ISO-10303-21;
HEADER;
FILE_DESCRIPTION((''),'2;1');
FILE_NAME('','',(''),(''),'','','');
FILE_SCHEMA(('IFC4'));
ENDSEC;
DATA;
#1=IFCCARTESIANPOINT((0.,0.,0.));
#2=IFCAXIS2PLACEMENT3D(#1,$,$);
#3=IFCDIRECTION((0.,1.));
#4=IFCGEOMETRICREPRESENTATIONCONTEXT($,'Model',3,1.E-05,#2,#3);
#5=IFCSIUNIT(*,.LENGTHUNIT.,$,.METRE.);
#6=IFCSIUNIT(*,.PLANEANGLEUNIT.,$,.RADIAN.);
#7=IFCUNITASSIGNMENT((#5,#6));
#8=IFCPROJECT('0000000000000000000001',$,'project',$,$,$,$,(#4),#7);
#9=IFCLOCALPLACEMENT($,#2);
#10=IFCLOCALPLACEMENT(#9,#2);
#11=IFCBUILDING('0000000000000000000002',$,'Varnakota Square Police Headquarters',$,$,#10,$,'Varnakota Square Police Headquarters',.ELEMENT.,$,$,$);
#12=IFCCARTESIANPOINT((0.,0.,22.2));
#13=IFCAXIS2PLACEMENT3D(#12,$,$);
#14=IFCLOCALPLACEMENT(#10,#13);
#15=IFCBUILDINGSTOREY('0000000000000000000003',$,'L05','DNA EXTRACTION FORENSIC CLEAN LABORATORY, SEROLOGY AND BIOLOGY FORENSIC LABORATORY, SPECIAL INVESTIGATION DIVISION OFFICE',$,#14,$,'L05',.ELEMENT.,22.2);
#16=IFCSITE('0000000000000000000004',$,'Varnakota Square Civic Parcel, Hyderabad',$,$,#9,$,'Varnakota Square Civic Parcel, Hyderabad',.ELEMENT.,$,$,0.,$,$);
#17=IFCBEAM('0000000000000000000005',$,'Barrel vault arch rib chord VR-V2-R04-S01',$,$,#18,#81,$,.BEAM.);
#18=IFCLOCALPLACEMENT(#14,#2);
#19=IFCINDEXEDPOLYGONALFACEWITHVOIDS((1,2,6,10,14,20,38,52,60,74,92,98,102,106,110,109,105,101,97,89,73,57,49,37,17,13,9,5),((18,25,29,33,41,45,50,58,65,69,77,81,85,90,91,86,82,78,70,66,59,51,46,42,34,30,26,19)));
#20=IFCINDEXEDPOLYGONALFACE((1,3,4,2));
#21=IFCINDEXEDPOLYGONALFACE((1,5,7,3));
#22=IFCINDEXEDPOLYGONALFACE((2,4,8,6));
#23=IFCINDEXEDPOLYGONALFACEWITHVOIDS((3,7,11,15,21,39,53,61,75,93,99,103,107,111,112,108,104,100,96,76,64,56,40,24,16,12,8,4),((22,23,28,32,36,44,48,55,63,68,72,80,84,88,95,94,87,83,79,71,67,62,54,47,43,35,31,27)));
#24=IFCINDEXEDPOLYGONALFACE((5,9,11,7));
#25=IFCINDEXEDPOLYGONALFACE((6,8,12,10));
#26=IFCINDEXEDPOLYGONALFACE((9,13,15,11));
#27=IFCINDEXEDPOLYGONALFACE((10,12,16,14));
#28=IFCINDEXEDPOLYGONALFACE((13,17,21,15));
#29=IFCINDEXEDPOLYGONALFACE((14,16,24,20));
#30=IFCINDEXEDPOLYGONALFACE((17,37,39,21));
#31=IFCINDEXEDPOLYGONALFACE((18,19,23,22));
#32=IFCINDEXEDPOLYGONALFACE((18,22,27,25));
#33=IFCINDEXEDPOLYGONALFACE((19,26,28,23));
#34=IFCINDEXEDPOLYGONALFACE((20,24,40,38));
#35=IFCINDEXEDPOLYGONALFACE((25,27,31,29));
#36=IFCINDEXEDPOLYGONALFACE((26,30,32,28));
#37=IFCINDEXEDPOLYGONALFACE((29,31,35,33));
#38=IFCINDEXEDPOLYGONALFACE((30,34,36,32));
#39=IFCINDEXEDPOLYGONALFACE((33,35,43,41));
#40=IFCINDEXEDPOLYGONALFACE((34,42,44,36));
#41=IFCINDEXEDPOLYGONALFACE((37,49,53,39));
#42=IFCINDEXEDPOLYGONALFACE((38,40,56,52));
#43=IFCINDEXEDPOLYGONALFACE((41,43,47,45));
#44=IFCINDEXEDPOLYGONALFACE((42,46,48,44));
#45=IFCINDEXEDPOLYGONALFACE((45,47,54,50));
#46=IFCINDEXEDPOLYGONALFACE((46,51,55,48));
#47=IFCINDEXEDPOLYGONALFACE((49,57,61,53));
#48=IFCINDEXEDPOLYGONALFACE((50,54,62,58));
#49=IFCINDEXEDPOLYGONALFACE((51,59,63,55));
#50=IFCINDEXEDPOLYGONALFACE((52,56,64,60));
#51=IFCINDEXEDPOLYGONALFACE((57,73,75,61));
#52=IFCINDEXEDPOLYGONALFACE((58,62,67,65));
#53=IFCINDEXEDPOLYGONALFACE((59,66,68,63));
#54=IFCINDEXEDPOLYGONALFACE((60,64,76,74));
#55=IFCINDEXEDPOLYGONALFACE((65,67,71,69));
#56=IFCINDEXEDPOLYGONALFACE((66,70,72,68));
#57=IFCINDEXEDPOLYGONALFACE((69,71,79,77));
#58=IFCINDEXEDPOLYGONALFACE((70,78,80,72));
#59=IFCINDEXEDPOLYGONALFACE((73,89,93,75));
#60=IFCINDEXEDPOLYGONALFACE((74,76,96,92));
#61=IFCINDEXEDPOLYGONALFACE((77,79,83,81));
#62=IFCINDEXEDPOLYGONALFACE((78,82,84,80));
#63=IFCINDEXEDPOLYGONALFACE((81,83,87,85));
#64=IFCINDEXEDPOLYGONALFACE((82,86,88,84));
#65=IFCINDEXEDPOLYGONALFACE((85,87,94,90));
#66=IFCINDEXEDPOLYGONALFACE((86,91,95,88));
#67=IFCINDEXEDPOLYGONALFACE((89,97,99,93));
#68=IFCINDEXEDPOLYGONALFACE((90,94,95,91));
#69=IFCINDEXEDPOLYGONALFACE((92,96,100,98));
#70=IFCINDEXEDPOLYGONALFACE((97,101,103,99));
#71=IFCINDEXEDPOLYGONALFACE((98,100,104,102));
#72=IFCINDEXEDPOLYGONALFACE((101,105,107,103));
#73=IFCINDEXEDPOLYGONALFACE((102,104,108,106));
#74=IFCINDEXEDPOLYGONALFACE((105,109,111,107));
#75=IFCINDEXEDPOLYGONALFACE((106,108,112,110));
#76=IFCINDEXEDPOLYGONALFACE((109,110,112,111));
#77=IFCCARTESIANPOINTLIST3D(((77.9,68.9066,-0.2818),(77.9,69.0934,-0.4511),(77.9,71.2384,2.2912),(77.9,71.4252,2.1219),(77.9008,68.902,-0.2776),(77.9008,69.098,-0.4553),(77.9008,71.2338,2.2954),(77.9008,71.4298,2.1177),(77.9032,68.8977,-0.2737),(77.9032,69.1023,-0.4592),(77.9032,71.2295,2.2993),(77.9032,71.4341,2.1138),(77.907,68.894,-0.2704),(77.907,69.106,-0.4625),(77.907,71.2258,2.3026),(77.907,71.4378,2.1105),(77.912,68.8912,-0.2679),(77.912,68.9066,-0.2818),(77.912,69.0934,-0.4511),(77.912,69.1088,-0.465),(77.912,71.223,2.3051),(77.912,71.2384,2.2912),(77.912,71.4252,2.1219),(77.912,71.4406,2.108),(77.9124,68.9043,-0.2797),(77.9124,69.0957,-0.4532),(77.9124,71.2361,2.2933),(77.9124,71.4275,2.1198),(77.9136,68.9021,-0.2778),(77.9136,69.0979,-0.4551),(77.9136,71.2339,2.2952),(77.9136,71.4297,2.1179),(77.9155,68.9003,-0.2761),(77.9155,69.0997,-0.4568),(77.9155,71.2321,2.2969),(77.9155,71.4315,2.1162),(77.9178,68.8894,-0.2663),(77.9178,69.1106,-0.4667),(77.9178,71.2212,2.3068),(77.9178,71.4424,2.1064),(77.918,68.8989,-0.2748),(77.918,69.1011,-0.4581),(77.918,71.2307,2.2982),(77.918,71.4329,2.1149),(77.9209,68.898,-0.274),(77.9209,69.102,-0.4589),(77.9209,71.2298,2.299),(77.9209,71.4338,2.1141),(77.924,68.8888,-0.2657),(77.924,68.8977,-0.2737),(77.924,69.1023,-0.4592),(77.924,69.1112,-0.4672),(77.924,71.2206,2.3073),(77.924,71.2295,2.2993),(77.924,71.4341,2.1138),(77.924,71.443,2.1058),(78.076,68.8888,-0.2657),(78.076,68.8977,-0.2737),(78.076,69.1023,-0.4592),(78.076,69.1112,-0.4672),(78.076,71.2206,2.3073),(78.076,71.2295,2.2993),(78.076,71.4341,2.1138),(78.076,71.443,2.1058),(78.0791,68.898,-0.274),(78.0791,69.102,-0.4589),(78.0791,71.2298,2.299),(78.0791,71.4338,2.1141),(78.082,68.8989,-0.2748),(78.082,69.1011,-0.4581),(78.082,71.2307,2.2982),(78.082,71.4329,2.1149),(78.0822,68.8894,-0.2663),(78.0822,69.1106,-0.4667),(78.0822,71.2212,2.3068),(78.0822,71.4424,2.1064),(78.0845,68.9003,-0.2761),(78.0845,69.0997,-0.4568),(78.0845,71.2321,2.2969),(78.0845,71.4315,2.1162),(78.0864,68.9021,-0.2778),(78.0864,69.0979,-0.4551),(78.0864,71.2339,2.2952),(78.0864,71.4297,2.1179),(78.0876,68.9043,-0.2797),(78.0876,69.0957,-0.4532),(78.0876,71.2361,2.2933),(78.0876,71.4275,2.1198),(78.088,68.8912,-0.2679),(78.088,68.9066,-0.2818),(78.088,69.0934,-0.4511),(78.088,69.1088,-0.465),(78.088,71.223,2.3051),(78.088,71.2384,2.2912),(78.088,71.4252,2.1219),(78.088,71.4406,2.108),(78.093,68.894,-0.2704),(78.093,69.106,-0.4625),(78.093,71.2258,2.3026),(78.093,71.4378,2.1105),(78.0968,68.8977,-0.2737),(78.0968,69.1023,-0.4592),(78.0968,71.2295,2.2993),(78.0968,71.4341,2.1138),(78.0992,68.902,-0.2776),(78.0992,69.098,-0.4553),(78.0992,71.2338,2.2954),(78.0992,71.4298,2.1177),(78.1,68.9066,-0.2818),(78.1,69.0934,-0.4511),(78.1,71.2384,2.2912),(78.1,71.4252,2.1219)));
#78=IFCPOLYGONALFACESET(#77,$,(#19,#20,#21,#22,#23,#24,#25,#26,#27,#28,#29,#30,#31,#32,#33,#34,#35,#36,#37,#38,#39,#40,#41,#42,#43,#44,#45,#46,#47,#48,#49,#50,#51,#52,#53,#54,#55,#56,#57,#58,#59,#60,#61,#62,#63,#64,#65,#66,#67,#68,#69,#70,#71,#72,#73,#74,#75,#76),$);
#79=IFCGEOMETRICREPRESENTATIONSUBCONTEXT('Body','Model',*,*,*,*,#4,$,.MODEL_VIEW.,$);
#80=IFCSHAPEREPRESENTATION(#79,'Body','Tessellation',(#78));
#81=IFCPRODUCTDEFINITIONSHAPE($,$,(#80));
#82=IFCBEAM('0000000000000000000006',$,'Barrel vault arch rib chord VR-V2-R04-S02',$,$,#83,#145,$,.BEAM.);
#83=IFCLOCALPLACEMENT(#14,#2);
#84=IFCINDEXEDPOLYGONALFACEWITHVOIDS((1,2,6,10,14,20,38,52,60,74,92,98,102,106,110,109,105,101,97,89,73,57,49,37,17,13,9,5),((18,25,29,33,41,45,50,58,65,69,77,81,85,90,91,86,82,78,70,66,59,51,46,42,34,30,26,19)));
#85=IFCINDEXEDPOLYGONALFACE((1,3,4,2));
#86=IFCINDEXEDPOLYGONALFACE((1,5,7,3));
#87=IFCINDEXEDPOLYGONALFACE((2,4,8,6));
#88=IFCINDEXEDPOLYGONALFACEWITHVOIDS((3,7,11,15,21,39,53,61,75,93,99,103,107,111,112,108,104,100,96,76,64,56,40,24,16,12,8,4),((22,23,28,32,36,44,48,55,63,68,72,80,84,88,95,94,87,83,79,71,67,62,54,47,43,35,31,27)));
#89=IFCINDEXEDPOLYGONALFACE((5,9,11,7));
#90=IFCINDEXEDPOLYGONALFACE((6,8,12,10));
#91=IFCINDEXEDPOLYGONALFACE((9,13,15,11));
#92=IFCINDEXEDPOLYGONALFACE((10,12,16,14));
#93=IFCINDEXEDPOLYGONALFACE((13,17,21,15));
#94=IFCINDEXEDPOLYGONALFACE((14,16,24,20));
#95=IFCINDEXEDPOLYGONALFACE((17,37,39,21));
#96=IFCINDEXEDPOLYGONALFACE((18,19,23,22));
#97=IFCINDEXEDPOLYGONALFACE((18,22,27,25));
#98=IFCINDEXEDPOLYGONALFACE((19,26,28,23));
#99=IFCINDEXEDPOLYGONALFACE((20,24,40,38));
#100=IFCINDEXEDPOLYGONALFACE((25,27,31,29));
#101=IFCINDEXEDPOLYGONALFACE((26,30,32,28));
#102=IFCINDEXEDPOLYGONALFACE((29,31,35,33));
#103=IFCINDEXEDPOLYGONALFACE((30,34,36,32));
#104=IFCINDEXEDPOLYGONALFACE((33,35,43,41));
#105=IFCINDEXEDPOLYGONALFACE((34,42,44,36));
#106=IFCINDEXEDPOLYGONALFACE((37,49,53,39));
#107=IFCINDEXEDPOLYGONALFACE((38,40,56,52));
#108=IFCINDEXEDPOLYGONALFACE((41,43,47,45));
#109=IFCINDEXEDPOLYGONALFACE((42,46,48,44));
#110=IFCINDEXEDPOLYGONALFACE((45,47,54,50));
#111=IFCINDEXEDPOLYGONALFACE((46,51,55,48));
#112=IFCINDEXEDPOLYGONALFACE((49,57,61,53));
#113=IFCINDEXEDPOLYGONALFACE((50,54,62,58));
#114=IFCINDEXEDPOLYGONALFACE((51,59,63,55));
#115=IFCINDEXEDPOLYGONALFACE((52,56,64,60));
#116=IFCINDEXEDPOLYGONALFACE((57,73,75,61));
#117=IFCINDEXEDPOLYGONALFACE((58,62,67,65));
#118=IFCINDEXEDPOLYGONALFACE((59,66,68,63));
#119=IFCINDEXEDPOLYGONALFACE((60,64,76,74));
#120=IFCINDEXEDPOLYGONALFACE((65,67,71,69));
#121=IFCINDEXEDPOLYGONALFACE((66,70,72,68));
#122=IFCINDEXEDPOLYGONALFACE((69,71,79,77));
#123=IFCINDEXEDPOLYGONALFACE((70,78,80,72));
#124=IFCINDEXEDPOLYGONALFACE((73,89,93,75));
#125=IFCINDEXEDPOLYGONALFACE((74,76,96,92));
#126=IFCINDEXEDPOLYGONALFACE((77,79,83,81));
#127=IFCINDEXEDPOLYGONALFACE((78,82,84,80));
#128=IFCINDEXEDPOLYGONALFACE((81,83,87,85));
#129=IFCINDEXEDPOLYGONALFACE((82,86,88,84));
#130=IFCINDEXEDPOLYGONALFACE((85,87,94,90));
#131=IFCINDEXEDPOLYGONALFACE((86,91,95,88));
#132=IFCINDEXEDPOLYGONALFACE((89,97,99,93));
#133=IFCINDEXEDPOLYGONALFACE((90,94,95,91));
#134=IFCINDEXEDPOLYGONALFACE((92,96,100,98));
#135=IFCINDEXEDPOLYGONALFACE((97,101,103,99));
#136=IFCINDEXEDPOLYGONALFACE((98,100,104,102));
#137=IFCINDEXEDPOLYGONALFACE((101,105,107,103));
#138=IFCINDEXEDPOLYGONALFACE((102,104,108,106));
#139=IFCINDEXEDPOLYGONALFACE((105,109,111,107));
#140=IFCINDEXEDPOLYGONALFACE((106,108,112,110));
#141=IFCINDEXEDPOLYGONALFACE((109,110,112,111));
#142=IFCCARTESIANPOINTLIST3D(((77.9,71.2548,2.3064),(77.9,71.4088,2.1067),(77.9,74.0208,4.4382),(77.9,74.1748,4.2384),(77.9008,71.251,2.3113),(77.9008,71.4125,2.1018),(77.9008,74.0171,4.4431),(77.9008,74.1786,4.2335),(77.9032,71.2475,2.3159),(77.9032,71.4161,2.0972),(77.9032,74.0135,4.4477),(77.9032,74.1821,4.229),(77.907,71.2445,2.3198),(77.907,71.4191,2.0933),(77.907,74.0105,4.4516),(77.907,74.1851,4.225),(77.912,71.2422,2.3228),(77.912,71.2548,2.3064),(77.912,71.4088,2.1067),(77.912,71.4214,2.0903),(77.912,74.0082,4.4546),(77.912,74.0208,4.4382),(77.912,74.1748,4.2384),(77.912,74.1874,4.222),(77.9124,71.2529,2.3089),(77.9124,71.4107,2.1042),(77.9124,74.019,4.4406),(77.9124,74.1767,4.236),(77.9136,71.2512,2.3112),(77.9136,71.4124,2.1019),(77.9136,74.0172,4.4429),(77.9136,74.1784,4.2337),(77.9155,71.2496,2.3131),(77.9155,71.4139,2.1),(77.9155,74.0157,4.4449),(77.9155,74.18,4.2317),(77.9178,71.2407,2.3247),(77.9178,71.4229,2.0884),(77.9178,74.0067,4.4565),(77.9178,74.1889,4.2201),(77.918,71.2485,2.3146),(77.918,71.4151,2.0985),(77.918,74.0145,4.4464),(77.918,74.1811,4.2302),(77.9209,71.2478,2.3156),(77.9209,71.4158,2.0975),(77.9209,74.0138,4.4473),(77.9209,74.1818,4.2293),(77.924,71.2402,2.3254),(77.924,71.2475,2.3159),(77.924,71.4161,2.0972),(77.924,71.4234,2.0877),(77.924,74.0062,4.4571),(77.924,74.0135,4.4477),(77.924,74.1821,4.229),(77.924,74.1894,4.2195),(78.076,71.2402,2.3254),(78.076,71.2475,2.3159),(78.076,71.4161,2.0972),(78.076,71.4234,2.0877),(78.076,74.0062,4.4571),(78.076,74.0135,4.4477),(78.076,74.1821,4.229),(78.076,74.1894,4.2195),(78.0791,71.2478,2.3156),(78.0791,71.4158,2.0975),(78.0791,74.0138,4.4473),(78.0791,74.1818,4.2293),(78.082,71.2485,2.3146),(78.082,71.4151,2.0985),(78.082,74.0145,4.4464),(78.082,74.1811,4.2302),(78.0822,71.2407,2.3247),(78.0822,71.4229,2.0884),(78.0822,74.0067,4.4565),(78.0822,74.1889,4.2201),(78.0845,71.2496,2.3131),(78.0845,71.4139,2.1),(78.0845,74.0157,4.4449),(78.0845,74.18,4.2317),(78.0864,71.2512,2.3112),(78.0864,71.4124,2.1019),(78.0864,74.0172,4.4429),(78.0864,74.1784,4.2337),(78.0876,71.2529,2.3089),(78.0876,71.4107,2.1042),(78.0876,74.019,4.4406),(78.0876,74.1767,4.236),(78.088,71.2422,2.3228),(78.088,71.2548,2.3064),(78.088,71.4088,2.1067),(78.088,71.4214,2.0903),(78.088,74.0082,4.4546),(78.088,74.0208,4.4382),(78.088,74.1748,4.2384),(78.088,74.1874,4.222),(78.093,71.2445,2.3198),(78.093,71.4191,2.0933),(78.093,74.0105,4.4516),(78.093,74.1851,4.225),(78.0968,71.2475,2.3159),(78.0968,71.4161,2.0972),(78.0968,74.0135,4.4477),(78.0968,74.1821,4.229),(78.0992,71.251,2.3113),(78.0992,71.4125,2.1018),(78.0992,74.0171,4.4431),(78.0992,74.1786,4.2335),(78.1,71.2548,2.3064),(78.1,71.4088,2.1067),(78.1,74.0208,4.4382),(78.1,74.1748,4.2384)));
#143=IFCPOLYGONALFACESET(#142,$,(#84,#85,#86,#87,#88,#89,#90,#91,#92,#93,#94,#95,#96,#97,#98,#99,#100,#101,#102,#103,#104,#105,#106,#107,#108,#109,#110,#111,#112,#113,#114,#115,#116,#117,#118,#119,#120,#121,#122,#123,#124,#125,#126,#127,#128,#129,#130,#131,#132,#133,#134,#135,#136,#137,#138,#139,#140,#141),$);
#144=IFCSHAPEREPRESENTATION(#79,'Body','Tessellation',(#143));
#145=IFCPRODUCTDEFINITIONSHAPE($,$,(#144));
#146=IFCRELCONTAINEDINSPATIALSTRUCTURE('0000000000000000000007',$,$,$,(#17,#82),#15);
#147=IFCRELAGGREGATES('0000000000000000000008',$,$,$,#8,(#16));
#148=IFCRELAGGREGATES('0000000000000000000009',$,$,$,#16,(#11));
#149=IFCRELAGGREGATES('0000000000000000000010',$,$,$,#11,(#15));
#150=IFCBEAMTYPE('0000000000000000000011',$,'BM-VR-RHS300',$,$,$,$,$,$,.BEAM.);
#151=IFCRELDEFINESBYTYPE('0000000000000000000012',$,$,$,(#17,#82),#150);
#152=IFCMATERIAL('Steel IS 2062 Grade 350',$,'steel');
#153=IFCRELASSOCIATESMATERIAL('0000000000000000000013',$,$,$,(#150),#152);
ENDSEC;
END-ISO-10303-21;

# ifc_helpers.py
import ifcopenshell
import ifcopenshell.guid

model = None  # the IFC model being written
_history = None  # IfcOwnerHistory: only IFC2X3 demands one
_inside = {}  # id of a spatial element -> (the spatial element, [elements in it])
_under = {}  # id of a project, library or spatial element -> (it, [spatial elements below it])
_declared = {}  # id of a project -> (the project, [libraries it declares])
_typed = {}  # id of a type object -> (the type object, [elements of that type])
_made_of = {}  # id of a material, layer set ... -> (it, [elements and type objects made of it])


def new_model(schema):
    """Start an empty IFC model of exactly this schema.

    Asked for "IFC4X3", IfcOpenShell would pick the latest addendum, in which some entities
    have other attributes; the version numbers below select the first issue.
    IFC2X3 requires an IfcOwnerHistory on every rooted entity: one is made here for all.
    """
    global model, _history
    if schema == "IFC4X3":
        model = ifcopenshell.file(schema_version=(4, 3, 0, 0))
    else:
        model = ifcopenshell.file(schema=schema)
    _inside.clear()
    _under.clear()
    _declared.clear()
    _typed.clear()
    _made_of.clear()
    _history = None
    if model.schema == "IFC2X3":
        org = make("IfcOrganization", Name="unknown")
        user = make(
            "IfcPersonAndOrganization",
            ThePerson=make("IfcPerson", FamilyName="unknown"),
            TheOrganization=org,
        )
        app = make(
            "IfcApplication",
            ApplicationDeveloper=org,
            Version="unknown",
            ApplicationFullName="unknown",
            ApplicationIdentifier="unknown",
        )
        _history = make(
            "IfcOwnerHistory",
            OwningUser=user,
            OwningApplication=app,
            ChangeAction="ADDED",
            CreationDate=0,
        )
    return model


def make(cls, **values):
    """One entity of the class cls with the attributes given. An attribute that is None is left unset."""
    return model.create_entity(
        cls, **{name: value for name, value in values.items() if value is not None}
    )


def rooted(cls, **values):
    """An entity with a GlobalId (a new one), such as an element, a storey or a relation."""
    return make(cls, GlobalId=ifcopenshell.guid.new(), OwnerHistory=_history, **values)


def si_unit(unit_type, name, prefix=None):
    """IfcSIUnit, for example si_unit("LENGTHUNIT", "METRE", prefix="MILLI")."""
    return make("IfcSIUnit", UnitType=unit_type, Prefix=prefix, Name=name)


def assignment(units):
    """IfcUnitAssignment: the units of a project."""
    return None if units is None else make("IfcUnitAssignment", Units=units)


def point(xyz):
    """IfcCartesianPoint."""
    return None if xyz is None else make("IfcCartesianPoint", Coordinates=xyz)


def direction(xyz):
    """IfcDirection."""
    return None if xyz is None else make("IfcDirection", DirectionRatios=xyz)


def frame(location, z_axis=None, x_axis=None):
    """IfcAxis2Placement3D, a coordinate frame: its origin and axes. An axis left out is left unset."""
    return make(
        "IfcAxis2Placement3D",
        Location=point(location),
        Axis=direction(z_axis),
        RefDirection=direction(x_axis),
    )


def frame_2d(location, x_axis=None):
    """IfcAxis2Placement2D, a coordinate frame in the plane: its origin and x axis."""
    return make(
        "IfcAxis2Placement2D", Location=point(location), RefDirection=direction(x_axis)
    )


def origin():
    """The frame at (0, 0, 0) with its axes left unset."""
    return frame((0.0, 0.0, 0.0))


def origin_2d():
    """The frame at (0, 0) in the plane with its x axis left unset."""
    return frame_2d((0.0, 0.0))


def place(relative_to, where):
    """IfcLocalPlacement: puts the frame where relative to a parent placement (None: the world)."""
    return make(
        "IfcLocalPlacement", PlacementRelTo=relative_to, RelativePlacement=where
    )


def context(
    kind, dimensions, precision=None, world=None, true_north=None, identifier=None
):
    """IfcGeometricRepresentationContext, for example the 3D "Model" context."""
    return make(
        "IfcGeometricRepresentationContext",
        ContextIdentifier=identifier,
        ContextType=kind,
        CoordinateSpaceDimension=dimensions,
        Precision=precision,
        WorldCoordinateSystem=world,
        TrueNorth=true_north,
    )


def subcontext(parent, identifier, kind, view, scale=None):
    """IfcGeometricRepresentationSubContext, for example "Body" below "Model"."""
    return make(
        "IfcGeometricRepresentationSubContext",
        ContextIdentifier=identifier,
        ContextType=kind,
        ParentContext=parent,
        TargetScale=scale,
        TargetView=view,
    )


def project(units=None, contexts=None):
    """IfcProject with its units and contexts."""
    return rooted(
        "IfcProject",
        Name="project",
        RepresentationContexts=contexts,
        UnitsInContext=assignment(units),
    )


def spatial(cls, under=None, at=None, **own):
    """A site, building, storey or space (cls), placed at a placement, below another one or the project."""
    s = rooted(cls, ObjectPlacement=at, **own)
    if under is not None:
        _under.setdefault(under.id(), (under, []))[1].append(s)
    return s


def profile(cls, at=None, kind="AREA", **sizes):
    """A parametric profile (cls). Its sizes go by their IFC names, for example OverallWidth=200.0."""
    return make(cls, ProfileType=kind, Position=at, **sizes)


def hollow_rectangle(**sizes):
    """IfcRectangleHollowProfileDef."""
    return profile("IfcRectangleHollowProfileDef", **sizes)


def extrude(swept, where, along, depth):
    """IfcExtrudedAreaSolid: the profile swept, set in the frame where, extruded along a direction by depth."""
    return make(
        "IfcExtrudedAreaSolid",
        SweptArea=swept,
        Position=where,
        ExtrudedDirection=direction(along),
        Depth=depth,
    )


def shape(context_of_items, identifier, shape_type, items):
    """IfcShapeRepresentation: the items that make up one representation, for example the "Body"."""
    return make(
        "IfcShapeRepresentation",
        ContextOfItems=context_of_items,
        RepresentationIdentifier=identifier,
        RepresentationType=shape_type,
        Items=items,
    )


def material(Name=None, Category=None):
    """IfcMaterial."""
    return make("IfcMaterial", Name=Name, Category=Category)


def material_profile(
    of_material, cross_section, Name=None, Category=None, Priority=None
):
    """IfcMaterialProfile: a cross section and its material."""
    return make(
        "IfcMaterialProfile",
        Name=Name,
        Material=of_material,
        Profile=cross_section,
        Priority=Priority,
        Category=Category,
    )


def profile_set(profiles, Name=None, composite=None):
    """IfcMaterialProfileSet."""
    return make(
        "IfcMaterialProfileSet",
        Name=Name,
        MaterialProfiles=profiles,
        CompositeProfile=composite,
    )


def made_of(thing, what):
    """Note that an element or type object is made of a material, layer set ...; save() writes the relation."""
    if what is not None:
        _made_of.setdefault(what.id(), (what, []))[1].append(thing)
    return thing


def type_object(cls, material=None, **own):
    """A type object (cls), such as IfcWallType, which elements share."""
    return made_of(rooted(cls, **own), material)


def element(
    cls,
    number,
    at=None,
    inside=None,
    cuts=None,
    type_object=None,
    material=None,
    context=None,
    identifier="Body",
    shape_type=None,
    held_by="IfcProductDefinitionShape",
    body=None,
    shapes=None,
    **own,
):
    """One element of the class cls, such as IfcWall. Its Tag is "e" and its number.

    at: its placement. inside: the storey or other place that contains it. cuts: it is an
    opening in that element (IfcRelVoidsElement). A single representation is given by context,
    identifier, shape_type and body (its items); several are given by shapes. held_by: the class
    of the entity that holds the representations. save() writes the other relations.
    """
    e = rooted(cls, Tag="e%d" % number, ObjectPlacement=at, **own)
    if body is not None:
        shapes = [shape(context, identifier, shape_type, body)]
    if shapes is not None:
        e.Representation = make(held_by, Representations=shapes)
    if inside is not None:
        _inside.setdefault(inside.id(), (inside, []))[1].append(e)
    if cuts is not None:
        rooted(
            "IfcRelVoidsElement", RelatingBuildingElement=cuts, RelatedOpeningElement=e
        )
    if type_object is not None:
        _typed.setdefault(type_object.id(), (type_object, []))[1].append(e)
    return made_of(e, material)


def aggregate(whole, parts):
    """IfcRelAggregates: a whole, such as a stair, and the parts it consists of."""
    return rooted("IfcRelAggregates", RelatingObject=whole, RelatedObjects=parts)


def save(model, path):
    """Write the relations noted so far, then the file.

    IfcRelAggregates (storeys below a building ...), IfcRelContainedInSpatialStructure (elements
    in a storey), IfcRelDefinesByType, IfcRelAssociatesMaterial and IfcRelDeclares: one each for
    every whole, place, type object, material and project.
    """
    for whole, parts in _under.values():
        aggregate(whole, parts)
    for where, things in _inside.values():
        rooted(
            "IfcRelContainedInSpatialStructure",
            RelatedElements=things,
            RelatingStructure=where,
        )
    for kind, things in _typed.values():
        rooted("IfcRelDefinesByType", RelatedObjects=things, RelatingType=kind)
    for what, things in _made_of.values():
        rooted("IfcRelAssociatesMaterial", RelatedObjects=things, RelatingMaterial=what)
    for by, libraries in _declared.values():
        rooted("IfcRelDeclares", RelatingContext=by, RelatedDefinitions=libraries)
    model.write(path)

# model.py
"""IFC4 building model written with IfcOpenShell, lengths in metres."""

from ifc_helpers import new_model, si_unit, direction, frame, origin, origin_2d, place, context, subcontext, project, spatial, hollow_rectangle, extrude, material, material_profile, profile_set, type_object, element, save


model = new_model("IFC4")

# Units and contexts
model_context = context("Model", 3, precision=1e-05, world=origin(), true_north=direction((0.0, 1.0)))
body_context = subcontext(model_context, "Body", "Model", "MODEL_VIEW")
ifc_project = project(units=[si_unit("LENGTHUNIT", "METRE"), si_unit("PLANEANGLEUNIT", "RADIAN")], contexts=[model_context])

# Site, building, storey
site_placement = place(None, origin())
site = spatial("IfcSite", under=ifc_project, at=site_placement, Name="Varnakota Square Civic Parcel, Hyderabad", LongName="Varnakota Square Civic Parcel, Hyderabad", CompositionType="ELEMENT", RefElevation=0.0)
building_placement = place(site_placement, origin())
building = spatial("IfcBuilding", under=site, at=building_placement, Name="Varnakota Square Police Headquarters", LongName="Varnakota Square Police Headquarters", CompositionType="ELEMENT")
storey_placement = place(building_placement, frame((0.0, 0.0, 22.2)))
storey = spatial("IfcBuildingStorey", under=building, at=storey_placement, Name="L05", Description="DNA EXTRACTION FORENSIC CLEAN LABORATORY, SEROLOGY AND BIOLOGY FORENSIC LABORATORY, SPECIAL INVESTIGATION DIVISION OFFICE", LongName="L05", CompositionType="ELEMENT", Elevation=22.2)

# Beams
ifc_material_1 = material(Name="Steel IS 2062 Grade 350", Category="steel")
ifc_material_profile_1 = material_profile(ifc_material_1, hollow_rectangle(XDim=0.2, YDim=0.3, WallThickness=0.012, InnerFilletRadius=0.012, OuterFilletRadius=0.0239, at=origin_2d()), Name="RHS 300x200x12")
ifc_profile_set_1 = profile_set([ifc_material_profile_1], Name="Steel IS 2062 Grade 350")
beam_type_1 = type_object("IfcBeamType", Name="BM-VR-RHS300", PredefinedType="BEAM", material=ifc_profile_set_1)
beam_1_placement = place(storey_placement, frame((78.0, 69.0, -0.3665), z_axis=(0.0, 0.671521, 0.740986), x_axis=(-1.0, 0.0, 0.0)))
element("IfcBeam", 1, at=beam_1_placement, inside=storey, type_object=beam_type_1, Name="Barrel vault arch rib chord VR-V2-R04-S01", PredefinedType="BEAM", context=body_context, shape_type="SweptSolid", body=[
    extrude(hollow_rectangle(XDim=0.2, YDim=0.3, WallThickness=0.012, InnerFilletRadius=0.012, OuterFilletRadius=0.0239, at=origin_2d()), origin(), (0.0, 0.0, 1.0), 3.4724),
])
beam_2_placement = place(storey_placement, frame((78.0, 71.3318, 2.2065), z_axis=(0.0, 0.792062, 0.61044), x_axis=(-1.0, 0.0, 0.0)))
element("IfcBeam", 2, at=beam_2_placement, inside=storey, type_object=beam_type_1, Name="Barrel vault arch rib chord VR-V2-R04-S02", PredefinedType="BEAM", context=body_context, shape_type="SweptSolid", body=[
    extrude(hollow_rectangle(XDim=0.2, YDim=0.3, WallThickness=0.012, InnerFilletRadius=0.012, OuterFilletRadius=0.0239, at=origin_2d()), origin(), (0.0, 0.0, 1.0), 3.4922),
])

save(model, "model.ifc")
